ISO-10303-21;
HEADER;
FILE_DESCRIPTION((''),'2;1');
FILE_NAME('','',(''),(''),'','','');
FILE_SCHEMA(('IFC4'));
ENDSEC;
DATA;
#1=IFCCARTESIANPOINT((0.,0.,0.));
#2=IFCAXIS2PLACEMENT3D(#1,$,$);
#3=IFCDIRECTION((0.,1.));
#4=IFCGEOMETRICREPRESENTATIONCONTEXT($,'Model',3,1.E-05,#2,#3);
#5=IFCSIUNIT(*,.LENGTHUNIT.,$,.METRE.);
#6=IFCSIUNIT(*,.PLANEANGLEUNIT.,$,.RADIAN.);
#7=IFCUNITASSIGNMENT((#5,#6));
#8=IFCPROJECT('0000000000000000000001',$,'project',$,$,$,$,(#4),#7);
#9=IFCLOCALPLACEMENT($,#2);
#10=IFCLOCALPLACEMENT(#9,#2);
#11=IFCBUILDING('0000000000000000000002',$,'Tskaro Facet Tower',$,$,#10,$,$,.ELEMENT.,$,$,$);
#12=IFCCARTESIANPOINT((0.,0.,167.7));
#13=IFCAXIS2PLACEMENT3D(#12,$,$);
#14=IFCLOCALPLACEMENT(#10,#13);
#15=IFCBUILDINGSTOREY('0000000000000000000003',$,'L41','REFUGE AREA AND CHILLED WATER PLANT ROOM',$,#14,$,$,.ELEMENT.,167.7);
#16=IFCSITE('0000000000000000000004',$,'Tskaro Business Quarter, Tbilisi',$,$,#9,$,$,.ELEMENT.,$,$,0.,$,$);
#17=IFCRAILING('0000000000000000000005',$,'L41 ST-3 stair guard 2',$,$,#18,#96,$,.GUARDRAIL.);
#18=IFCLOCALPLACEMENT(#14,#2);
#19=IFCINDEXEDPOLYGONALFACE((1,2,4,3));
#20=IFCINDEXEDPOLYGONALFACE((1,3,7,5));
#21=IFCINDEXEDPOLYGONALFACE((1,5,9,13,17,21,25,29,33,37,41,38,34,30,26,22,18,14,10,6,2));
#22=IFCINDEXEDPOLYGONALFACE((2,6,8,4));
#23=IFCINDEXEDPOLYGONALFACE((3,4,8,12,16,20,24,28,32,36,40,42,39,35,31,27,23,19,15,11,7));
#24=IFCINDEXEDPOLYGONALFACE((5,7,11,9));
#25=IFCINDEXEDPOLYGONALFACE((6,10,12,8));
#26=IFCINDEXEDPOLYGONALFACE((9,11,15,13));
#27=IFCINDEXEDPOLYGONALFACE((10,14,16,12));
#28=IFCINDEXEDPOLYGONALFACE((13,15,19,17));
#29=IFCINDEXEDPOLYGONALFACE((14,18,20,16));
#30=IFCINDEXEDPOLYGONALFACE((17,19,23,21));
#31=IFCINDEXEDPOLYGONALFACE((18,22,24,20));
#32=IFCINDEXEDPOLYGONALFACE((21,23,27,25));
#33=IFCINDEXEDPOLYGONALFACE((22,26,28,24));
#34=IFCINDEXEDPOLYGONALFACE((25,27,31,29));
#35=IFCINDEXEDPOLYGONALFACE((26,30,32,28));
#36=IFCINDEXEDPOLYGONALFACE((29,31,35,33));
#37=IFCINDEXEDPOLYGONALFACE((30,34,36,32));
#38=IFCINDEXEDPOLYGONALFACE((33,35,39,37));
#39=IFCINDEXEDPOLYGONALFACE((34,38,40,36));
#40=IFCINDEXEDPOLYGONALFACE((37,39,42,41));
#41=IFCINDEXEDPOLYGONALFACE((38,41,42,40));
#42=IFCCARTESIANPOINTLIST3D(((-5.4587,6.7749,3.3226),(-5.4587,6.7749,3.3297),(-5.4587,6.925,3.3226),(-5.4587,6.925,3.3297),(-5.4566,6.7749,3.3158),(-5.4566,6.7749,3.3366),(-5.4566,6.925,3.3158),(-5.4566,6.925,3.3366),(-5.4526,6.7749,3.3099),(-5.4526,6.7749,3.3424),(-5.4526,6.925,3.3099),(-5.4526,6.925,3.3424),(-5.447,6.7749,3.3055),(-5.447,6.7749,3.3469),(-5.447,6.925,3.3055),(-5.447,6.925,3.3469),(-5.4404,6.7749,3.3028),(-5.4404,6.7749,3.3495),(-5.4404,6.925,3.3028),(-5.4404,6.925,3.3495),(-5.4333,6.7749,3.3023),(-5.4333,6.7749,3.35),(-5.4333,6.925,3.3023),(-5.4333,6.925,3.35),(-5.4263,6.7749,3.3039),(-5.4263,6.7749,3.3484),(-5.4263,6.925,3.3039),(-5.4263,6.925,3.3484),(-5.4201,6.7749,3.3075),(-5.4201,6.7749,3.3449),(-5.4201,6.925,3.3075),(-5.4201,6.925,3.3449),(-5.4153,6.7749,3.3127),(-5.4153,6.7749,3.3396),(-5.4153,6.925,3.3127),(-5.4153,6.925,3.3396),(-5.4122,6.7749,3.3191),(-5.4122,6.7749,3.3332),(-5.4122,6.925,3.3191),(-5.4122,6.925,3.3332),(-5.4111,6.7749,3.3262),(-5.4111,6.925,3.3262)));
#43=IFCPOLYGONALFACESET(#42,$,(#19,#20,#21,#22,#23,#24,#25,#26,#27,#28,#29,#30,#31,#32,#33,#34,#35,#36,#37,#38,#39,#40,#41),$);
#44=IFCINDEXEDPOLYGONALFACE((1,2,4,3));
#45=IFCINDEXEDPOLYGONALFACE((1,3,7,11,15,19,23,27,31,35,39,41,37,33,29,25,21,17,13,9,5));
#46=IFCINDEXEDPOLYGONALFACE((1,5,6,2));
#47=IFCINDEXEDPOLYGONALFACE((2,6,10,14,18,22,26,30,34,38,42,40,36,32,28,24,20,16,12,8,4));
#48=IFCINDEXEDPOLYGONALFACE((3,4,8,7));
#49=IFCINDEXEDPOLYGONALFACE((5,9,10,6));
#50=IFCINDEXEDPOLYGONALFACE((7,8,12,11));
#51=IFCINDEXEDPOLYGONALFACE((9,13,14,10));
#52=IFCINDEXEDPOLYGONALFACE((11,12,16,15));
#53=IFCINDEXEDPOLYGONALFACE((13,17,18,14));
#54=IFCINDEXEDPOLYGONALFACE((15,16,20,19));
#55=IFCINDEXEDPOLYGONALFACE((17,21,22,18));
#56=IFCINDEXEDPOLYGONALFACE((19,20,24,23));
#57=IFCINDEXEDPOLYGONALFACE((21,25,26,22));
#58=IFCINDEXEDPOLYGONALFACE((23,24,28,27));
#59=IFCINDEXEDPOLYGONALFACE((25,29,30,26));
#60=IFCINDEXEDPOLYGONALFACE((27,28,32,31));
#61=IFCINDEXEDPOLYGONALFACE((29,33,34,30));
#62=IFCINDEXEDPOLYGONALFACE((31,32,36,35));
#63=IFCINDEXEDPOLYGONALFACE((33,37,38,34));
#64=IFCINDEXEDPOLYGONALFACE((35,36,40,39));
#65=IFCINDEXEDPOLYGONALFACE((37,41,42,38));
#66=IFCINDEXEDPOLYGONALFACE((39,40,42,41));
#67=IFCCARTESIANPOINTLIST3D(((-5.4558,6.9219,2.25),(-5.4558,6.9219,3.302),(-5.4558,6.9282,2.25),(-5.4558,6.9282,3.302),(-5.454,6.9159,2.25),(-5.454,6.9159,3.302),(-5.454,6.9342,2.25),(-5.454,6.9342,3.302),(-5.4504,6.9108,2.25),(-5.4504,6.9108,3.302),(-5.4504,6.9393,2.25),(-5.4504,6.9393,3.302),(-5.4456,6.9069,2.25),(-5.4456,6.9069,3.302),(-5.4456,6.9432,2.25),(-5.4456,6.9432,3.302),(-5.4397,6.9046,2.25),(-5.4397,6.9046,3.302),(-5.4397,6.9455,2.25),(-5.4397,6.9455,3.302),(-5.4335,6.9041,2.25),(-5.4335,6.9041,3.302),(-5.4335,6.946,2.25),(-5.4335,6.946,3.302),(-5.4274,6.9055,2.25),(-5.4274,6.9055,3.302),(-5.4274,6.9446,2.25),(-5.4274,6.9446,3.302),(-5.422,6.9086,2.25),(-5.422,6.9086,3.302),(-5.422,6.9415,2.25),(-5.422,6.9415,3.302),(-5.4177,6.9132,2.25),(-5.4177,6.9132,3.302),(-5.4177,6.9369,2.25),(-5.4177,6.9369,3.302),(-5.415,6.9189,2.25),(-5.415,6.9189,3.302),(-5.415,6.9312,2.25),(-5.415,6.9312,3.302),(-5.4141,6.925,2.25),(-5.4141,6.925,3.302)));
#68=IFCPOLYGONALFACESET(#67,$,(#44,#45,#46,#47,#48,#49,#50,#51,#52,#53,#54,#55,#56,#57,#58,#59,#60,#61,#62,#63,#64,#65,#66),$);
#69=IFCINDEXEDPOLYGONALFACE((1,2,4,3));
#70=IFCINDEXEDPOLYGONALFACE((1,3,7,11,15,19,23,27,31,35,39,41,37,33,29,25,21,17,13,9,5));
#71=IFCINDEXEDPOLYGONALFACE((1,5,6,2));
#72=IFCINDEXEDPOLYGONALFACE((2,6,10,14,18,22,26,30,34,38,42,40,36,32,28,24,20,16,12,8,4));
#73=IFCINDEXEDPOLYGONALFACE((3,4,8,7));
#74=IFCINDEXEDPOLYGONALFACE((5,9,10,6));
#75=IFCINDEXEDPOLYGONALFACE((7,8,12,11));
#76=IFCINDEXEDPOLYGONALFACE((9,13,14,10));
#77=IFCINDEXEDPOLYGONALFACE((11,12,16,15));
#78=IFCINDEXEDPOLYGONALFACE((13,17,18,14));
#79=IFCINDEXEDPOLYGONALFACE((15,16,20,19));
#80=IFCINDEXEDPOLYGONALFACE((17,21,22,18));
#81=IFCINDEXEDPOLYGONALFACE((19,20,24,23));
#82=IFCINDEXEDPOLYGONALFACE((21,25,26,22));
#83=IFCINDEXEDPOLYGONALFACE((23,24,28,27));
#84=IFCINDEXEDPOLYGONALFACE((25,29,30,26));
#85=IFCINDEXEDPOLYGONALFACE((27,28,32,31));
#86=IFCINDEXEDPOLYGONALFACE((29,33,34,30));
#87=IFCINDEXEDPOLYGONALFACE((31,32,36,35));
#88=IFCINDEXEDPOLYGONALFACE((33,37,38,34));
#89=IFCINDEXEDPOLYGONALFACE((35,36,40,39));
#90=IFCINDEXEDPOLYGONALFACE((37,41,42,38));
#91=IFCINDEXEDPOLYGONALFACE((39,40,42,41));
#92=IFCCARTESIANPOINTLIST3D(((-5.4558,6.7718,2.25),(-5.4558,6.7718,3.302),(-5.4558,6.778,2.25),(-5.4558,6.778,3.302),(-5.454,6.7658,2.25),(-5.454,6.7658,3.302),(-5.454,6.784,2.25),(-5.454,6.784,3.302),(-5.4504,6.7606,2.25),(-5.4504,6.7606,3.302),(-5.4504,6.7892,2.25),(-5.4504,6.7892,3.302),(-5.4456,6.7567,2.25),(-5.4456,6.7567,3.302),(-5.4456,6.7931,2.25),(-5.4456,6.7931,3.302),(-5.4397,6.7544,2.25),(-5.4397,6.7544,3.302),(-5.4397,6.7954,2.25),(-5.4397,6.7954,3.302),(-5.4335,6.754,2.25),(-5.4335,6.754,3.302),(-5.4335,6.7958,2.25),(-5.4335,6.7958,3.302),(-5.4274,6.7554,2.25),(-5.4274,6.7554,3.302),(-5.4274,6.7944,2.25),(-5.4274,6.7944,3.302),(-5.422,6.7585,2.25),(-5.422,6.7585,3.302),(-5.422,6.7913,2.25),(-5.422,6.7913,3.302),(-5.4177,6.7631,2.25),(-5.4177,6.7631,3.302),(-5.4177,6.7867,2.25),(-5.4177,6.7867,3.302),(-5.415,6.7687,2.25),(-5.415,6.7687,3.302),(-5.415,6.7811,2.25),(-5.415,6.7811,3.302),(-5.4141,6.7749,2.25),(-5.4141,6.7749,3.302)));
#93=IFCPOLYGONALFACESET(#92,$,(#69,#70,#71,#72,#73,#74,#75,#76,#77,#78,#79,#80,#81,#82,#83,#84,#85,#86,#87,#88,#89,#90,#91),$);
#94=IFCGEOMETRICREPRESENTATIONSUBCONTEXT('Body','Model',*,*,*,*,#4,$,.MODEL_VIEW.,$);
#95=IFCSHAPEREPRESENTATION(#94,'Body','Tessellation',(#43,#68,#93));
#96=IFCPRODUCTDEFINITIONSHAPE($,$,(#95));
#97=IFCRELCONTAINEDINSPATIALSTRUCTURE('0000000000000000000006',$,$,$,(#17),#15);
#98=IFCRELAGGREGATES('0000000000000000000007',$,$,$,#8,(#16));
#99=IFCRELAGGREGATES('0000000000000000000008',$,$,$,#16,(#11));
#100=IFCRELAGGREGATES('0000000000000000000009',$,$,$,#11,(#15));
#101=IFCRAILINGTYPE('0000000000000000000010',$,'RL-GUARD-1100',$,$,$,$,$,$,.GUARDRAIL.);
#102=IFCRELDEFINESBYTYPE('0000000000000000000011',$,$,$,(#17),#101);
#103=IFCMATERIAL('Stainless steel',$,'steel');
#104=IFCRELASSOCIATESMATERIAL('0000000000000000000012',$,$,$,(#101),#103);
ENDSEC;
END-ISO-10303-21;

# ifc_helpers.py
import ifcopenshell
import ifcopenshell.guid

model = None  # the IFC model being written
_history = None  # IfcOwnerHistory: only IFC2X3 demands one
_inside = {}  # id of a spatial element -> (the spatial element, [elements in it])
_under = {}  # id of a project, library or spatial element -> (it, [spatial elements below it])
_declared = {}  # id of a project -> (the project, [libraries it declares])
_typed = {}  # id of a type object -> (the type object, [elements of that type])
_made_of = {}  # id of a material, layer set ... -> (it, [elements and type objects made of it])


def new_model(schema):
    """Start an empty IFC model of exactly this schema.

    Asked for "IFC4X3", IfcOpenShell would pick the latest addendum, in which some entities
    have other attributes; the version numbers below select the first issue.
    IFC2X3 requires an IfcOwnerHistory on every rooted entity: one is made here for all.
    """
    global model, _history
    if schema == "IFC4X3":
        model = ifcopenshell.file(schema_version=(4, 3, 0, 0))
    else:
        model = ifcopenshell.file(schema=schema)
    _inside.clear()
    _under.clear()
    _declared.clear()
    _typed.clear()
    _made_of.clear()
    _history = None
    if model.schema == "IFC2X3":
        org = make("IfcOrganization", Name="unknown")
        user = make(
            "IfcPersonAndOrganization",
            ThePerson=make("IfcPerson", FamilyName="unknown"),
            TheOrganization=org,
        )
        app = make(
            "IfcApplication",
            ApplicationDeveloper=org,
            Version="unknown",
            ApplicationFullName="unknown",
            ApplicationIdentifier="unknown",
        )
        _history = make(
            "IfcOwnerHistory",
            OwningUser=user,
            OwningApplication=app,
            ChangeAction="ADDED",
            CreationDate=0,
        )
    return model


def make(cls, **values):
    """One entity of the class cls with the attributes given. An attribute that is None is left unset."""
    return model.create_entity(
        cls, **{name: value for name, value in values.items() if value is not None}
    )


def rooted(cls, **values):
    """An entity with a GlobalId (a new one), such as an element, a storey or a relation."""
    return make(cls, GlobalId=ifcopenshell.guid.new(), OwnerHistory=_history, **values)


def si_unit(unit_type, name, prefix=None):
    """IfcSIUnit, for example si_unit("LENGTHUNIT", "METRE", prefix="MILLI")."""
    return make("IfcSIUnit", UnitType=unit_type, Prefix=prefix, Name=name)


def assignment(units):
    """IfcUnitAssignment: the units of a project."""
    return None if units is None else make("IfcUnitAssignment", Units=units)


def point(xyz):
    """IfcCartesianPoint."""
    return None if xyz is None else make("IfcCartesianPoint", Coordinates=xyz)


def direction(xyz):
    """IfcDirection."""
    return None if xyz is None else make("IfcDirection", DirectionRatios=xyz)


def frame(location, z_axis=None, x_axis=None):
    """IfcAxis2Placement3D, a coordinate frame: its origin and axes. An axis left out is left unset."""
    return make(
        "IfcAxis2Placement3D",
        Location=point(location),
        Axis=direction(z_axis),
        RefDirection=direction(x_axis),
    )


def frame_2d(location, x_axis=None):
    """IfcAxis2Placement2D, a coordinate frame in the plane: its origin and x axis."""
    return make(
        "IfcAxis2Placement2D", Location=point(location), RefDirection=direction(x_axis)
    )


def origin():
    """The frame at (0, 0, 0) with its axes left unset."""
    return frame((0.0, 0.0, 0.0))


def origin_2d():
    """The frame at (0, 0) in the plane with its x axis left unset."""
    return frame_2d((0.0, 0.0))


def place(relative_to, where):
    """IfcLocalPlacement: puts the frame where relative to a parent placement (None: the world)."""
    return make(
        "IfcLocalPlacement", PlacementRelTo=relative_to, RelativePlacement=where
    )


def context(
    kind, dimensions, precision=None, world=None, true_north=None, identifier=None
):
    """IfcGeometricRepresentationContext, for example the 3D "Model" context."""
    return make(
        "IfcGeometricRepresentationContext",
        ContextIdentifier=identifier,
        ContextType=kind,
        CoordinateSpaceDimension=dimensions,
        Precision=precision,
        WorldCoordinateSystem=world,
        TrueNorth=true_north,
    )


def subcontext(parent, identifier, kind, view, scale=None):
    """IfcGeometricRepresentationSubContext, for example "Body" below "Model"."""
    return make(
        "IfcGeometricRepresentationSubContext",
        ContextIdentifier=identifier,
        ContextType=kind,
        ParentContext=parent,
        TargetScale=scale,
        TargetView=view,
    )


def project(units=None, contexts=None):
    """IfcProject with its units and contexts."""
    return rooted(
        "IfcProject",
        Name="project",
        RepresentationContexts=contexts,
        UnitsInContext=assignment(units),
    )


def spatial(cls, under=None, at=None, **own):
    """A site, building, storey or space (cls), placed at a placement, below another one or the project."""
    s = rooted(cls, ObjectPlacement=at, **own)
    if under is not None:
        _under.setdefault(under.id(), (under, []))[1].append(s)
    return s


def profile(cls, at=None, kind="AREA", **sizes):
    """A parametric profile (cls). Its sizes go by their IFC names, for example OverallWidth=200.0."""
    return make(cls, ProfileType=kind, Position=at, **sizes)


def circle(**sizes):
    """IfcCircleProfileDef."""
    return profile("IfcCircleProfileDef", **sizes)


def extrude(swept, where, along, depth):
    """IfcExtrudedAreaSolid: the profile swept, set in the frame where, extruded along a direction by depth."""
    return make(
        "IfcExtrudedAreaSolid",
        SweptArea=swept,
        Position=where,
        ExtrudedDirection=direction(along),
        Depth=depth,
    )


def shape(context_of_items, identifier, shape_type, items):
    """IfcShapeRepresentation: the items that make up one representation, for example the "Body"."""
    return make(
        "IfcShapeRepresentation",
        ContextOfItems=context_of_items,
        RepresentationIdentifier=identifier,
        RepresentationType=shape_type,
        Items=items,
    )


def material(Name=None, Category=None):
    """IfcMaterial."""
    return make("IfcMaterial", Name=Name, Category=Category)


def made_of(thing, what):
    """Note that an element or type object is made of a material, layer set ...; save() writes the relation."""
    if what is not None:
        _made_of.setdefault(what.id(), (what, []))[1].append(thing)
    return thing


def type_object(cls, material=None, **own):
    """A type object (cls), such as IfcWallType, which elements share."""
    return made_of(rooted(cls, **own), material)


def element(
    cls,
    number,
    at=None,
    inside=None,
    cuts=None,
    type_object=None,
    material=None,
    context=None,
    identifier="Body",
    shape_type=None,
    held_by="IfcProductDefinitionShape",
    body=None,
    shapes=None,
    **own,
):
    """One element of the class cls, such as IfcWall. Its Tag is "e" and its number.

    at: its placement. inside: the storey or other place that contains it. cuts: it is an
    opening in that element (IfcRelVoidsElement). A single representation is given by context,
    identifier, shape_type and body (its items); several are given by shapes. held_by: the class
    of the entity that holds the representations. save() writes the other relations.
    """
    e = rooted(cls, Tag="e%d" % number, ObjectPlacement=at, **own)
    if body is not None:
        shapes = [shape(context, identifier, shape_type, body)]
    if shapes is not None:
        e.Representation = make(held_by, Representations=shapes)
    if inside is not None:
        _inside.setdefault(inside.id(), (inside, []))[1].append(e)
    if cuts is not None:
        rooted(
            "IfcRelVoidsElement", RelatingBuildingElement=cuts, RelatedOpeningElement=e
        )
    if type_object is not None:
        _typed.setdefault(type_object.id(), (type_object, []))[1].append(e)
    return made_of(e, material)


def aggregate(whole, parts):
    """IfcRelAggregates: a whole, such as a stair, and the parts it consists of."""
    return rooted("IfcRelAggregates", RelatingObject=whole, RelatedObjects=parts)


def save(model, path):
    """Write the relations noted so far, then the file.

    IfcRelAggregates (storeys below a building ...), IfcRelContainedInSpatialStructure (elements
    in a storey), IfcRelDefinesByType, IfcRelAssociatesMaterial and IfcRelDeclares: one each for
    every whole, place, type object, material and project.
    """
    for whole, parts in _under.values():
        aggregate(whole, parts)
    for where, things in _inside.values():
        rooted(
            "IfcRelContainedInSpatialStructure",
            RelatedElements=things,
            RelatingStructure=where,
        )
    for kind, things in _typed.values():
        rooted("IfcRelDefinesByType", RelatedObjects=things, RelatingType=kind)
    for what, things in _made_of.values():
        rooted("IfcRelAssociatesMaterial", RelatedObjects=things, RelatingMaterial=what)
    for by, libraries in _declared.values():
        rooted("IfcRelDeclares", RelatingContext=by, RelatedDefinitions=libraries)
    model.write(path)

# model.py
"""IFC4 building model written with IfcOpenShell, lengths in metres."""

from ifc_helpers import new_model, si_unit, direction, frame, origin, origin_2d, place, context, subcontext, project, spatial, circle, extrude, material, type_object, element, save


model = new_model("IFC4")

# Units and contexts
model_context = context("Model", 3, precision=1e-05, world=origin(), true_north=direction((0.0, 1.0)))
body_context = subcontext(model_context, "Body", "Model", "MODEL_VIEW")
ifc_project = project(units=[si_unit("LENGTHUNIT", "METRE"), si_unit("PLANEANGLEUNIT", "RADIAN")], contexts=[model_context])

# Site, building, storey
site_placement = place(None, origin())
site = spatial("IfcSite", under=ifc_project, at=site_placement, Name="Tskaro Business Quarter, Tbilisi", CompositionType="ELEMENT", RefElevation=0.0)
building_placement = place(site_placement, origin())
building = spatial("IfcBuilding", under=site, at=building_placement, Name="Tskaro Facet Tower", CompositionType="ELEMENT")
storey_placement = place(building_placement, frame((0.0, 0.0, 167.7)))
storey = spatial("IfcBuildingStorey", under=building, at=storey_placement, Name="L41", Description="REFUGE AREA AND CHILLED WATER PLANT ROOM", CompositionType="ELEMENT", Elevation=167.7)

# Railing
ifc_material_1 = material(Name="Stainless steel", Category="steel")
railing_type_1 = type_object("IfcRailingType", Name="RL-GUARD-1100", PredefinedType="GUARDRAIL", material=ifc_material_1)
railing_1_placement = place(storey_placement, frame((-5.4351, 6.925, 2.25)))
element("IfcRailing", 1, at=railing_1_placement, inside=storey, type_object=railing_type_1, Name="L41 ST-3 stair guard 2", PredefinedType="GUARDRAIL", context=body_context, shape_type="SweptSolid", body=[
    extrude(circle(Radius=0.0239, at=origin_2d()), frame((0.0, 0.0, 1.0762), z_axis=(0.0, -1.0, 0.0), x_axis=(1.0, 0.0, 0.0)), (0.0, 0.0, 1.0), 0.1501),
    extrude(circle(Radius=0.021, at=origin_2d()), origin(), (0.0, 0.0, 1.0), 1.052),
    extrude(circle(Radius=0.021, at=origin_2d()), frame((0.0, -0.1501, 0.0)), (0.0, 0.0, 1.0), 1.052),
])

save(model, "model.ifc")
